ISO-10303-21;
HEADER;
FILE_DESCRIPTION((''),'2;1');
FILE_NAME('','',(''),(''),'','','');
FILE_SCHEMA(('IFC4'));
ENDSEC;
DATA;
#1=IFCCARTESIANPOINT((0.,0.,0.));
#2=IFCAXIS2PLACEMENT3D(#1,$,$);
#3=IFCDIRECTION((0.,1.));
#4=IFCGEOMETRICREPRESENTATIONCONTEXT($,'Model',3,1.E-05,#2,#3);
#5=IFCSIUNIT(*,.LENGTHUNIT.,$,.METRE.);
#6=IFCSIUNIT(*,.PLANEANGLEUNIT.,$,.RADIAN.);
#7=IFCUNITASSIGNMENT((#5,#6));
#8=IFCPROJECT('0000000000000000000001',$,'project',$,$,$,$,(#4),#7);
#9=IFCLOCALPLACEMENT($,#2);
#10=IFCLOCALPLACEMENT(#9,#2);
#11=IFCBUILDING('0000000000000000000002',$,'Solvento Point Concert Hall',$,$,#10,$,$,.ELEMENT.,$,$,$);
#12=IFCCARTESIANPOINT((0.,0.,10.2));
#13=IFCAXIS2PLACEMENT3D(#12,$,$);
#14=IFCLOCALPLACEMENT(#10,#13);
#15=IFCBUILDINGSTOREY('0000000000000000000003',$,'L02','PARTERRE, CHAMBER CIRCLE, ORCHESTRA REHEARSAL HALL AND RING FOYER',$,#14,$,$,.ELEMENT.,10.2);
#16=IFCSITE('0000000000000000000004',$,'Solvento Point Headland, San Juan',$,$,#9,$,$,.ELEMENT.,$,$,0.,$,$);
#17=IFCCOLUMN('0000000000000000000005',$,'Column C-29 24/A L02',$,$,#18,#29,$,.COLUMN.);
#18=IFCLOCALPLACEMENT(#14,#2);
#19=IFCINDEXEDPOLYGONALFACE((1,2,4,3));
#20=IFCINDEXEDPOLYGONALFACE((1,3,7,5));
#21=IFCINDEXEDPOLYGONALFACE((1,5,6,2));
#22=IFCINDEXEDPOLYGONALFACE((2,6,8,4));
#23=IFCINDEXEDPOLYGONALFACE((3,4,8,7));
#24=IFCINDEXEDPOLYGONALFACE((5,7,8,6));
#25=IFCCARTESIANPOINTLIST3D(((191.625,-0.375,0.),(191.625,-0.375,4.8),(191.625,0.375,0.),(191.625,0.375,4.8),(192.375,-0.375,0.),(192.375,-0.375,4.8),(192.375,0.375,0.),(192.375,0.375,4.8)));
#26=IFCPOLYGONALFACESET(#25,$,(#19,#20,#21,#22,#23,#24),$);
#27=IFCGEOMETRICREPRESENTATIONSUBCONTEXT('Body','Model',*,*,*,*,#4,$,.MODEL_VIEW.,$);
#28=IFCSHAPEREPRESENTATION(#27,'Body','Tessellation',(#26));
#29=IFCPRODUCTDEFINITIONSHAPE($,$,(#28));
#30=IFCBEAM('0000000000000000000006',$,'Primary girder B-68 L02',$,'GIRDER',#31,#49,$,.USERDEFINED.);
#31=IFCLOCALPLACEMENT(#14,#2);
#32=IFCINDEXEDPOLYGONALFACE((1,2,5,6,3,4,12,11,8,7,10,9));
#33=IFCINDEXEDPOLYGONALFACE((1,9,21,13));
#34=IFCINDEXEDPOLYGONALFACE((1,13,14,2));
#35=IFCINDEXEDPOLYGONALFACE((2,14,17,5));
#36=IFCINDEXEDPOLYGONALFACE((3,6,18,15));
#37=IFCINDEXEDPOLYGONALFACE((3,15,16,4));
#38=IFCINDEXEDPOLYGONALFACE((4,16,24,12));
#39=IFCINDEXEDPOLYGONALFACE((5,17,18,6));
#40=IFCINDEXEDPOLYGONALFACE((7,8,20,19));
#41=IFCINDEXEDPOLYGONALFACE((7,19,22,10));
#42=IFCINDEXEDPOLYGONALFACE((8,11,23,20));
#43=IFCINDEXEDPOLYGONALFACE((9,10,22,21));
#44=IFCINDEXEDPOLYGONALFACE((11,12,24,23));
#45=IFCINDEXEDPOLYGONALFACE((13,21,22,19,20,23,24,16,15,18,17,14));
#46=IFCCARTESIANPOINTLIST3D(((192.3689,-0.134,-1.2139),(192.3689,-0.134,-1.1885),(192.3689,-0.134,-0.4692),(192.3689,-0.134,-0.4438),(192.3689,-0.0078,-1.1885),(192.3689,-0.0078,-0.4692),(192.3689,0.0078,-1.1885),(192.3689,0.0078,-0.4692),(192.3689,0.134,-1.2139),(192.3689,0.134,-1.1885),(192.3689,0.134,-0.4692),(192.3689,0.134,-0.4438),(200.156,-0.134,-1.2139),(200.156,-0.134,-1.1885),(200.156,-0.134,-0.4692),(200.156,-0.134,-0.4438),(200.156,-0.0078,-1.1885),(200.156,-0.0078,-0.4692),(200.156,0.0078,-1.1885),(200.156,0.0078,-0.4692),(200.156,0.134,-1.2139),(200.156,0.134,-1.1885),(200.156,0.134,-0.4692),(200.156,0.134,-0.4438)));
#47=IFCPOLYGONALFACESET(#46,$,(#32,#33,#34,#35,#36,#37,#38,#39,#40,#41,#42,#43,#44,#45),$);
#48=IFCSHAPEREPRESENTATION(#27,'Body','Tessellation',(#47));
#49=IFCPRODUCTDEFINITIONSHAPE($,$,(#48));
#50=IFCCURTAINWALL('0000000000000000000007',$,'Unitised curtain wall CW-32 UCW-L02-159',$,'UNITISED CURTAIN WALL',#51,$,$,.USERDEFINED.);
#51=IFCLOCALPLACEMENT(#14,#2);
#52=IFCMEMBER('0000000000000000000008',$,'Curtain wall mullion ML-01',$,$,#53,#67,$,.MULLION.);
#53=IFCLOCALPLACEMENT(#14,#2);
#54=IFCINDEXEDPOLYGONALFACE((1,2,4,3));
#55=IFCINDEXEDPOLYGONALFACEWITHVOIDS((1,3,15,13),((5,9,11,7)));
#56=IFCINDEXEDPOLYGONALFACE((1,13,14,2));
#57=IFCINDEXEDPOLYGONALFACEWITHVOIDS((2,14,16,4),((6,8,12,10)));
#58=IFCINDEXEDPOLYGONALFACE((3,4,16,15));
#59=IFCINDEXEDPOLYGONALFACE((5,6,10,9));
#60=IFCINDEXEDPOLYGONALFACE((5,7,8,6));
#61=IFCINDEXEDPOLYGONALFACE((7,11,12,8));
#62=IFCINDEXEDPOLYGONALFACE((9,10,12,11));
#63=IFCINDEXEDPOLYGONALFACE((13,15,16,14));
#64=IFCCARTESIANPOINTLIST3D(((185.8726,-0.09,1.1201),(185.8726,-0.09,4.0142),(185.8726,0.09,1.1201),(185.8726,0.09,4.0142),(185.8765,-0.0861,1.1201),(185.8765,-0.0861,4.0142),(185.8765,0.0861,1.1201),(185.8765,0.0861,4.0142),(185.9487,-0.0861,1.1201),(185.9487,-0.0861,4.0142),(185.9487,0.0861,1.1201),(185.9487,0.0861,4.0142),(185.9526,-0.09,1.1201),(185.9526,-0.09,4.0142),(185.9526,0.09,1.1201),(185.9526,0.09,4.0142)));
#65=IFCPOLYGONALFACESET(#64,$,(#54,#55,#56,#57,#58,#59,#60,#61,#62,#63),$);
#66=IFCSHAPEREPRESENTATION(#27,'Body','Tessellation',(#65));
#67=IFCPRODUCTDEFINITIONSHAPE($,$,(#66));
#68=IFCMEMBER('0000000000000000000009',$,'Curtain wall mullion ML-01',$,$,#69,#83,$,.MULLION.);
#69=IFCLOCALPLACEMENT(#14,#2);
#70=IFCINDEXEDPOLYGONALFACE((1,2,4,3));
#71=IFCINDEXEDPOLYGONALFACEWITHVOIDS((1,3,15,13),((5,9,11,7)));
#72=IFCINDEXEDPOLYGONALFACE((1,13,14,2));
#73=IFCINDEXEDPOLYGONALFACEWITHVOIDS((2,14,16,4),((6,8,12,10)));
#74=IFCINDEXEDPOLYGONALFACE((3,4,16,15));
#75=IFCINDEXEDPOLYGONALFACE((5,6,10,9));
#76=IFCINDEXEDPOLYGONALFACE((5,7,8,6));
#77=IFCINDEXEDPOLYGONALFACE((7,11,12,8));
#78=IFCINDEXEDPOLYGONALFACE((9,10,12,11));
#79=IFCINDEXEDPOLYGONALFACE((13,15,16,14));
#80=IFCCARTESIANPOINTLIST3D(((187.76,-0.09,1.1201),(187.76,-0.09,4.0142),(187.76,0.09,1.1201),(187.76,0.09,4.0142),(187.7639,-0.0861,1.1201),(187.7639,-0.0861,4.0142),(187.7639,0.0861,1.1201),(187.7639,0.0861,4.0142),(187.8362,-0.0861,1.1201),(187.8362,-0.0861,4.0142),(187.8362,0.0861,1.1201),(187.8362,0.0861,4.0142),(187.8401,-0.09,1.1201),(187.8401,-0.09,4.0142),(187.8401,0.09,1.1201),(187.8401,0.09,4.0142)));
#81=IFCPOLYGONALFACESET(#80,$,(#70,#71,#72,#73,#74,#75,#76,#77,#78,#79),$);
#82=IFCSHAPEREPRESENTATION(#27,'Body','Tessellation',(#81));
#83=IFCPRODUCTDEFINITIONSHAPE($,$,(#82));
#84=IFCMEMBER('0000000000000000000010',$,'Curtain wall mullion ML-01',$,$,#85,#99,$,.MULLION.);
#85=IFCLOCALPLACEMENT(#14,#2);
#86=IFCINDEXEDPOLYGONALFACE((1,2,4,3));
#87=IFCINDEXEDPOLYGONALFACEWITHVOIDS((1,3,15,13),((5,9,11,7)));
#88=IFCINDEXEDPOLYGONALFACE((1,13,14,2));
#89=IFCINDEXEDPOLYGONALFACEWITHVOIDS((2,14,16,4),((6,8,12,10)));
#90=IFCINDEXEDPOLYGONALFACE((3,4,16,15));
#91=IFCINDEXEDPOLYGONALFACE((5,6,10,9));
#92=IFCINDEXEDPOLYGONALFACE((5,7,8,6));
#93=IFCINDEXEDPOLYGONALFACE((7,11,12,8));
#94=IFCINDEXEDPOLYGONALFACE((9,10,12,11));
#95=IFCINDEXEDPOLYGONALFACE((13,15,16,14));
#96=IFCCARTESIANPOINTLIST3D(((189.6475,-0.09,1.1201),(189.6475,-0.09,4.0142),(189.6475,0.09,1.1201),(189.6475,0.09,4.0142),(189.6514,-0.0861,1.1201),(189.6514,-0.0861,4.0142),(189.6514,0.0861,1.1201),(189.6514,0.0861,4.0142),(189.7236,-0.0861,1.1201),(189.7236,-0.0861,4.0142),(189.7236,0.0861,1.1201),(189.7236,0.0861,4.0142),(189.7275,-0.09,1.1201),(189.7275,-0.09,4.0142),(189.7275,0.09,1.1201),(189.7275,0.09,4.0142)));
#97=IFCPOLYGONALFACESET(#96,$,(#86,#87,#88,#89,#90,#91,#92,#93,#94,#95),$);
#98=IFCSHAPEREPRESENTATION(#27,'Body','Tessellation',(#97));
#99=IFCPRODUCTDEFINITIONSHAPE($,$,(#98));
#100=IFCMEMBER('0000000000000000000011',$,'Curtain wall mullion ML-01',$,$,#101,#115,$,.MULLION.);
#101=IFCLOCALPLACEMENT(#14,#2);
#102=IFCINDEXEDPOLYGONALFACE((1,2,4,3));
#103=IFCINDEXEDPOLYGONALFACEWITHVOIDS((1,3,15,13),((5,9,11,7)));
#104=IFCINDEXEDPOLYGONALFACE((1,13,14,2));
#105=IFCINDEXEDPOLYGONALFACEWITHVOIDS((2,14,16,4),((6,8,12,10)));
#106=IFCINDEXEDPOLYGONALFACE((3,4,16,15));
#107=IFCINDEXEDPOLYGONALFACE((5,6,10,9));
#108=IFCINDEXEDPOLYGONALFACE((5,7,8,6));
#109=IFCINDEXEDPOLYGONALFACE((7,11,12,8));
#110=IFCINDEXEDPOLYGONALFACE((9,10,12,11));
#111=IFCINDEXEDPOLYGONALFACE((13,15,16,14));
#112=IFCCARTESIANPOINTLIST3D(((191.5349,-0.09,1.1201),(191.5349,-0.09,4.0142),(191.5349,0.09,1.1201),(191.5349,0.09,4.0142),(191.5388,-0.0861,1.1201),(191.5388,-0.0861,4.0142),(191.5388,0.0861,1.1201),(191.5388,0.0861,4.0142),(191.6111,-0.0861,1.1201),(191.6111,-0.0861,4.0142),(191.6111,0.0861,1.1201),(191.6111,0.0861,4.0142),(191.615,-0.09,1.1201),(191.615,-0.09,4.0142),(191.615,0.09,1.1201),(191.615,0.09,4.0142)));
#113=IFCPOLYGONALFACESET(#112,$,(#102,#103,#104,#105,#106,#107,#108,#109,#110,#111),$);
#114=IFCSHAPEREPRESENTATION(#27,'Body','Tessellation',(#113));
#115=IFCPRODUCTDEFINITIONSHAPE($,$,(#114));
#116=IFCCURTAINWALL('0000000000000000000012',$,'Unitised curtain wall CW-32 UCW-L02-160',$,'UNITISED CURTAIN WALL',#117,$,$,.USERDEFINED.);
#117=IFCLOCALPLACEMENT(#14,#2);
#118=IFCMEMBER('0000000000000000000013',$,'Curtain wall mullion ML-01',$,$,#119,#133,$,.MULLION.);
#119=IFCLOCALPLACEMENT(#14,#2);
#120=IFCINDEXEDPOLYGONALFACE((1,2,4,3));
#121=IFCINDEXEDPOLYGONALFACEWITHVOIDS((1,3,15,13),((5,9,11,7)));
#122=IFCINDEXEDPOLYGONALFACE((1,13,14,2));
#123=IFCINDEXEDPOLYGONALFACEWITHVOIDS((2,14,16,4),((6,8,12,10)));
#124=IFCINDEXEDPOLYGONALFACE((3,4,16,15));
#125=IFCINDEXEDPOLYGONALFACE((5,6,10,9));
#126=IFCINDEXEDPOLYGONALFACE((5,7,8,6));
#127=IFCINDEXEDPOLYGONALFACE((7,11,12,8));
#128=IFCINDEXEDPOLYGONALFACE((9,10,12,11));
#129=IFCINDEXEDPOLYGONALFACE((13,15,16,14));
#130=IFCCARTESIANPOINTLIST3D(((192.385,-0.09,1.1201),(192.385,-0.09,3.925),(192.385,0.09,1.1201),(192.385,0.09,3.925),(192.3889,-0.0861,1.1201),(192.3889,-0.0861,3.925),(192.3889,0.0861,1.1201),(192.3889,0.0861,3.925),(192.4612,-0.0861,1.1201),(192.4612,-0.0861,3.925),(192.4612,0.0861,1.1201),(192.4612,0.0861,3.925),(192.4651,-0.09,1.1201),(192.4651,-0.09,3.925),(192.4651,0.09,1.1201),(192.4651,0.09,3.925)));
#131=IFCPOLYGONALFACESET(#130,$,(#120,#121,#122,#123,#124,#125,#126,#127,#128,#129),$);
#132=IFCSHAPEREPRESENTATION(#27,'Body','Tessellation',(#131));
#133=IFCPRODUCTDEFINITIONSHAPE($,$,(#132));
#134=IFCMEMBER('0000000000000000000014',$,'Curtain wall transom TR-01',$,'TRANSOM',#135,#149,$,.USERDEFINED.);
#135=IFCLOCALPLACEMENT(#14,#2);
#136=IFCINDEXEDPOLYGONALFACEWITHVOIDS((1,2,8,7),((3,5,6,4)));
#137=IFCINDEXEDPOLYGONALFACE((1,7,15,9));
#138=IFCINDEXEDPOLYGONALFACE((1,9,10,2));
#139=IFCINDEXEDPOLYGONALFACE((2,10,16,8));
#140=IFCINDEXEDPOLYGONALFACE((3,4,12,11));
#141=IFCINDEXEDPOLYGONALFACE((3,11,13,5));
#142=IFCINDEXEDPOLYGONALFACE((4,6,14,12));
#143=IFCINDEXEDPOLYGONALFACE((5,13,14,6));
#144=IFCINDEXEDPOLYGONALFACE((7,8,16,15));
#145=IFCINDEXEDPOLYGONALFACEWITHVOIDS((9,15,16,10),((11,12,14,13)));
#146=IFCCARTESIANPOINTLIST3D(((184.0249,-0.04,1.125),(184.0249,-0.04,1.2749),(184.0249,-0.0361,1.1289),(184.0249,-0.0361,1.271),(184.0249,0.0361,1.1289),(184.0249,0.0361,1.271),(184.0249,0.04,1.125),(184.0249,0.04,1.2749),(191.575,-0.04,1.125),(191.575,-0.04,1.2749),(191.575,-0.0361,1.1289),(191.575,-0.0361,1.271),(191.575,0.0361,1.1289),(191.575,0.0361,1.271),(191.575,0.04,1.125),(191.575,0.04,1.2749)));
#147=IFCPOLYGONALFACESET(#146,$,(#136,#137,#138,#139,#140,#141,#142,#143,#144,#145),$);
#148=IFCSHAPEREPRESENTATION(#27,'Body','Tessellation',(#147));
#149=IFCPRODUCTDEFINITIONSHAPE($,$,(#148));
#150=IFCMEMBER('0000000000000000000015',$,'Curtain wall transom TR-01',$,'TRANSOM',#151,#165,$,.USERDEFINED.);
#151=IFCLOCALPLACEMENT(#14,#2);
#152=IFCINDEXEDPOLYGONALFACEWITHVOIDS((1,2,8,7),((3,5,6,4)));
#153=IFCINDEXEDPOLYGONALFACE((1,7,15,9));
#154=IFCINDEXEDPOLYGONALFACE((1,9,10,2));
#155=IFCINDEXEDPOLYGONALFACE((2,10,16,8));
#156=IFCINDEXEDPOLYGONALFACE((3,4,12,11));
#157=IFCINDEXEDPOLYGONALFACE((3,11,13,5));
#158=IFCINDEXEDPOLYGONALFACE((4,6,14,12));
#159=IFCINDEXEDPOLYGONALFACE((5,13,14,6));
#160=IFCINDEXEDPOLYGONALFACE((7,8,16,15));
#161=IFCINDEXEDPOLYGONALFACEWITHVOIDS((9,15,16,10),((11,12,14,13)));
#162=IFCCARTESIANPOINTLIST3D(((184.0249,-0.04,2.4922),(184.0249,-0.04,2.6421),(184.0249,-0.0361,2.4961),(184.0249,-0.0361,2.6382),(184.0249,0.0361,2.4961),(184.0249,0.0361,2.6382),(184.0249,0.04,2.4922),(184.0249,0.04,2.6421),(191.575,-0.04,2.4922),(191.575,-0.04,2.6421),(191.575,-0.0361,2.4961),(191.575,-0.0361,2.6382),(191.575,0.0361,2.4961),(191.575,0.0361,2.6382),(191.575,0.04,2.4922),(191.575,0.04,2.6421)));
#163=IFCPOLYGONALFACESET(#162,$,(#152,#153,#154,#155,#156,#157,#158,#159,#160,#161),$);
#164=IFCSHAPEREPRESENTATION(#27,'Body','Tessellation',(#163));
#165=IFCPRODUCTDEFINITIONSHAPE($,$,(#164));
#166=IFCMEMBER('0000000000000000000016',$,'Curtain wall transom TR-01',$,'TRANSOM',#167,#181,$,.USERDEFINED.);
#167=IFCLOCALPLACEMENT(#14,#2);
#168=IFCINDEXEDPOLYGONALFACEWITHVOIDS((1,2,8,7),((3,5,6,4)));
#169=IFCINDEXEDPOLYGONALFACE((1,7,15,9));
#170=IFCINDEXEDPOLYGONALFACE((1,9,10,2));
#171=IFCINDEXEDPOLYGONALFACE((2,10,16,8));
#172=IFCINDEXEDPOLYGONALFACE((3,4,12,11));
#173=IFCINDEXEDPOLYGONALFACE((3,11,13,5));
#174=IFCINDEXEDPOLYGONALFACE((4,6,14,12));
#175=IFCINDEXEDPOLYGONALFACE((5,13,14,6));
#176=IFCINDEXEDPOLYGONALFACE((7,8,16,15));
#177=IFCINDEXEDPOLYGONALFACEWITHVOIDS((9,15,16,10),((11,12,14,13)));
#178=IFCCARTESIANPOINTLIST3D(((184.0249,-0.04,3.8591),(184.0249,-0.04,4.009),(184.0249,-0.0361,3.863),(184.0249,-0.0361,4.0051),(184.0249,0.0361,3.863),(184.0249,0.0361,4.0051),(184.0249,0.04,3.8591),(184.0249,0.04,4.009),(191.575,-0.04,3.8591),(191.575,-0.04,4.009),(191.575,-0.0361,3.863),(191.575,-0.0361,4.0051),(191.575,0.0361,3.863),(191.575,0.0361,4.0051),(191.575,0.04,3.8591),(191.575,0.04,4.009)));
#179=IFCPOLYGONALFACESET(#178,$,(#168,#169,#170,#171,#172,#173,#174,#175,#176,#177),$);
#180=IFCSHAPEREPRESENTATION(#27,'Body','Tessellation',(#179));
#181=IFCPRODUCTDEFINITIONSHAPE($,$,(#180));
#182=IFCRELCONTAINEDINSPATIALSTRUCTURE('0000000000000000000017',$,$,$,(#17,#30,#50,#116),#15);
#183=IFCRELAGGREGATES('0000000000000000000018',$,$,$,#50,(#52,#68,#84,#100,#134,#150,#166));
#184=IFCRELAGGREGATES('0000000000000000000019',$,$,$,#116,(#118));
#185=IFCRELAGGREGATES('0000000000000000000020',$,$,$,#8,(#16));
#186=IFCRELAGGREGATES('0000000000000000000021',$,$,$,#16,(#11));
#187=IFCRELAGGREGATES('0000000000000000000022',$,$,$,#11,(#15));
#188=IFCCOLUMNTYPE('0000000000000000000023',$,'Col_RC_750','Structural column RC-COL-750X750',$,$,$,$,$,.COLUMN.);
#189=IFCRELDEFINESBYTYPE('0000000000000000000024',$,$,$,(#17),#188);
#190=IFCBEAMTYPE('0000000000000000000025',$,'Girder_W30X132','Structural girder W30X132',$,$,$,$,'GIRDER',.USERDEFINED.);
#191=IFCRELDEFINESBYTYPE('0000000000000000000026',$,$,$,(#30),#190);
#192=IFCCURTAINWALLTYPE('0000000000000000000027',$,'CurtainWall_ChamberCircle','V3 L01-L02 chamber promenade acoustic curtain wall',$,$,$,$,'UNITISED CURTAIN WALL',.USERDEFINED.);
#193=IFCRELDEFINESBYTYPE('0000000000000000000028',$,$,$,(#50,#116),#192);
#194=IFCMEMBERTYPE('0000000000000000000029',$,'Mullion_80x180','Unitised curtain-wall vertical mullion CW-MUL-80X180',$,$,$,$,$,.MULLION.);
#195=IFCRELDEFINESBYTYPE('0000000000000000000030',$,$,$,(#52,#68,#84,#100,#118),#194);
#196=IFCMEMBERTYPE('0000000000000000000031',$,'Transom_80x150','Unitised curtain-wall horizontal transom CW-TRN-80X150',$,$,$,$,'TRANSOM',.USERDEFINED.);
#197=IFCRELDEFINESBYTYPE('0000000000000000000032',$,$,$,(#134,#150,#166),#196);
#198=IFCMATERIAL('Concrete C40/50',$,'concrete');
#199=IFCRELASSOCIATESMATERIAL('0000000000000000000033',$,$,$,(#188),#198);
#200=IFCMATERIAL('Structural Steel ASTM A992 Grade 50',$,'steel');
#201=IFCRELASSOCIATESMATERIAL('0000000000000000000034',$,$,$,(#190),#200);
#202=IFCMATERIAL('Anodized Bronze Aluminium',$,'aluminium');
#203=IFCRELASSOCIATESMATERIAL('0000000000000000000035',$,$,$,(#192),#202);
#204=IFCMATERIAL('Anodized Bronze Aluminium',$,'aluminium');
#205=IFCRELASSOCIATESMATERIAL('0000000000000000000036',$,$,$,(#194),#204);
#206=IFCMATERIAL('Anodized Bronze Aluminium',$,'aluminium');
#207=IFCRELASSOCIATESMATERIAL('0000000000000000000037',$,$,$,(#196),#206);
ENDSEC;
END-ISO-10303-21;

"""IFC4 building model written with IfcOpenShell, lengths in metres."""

from ifc_helpers import new_model, si_unit, direction, frame, origin, origin_2d, place, context, subcontext, project, spatial, rectangle, hollow_rectangle, i_section, extrude, material, material_profile, profile_set, type_object, element, aggregate, save


model = new_model("IFC4")

# Units and contexts
model_context = context("Model", 3, precision=1e-05, world=origin(), true_north=direction((0.0, 1.0)))
body_context = subcontext(model_context, "Body", "Model", "MODEL_VIEW")
ifc_project = project(units=[si_unit("LENGTHUNIT", "METRE"), si_unit("PLANEANGLEUNIT", "RADIAN")], contexts=[model_context])

# Site, building, storey
site_placement = place(None, origin())
site = spatial("IfcSite", under=ifc_project, at=site_placement, Name="Solvento Point Headland, San Juan", CompositionType="ELEMENT", RefElevation=0.0)
building_placement = place(site_placement, origin())
building = spatial("IfcBuilding", under=site, at=building_placement, Name="Solvento Point Concert Hall", CompositionType="ELEMENT")
storey_placement = place(building_placement, frame((0.0, 0.0, 10.2)))
storey = spatial("IfcBuildingStorey", under=building, at=storey_placement, Name="L02", Description="PARTERRE, CHAMBER CIRCLE, ORCHESTRA REHEARSAL HALL AND RING FOYER", CompositionType="ELEMENT", Elevation=10.2)

# Column
ifc_material_1 = material(Name="Concrete C40/50", Category="concrete")
ifc_material_profile_1 = material_profile(ifc_material_1, rectangle(XDim=0.75, YDim=0.75, at=origin_2d()), Name="RC-COL-750X750")
ifc_profile_set_1 = profile_set([ifc_material_profile_1], Name="Concrete C40/50")
column_type = type_object("IfcColumnType", Name="Col_RC_750", Description="Structural column RC-COL-750X750", PredefinedType="COLUMN", material=ifc_profile_set_1)
column_placement = place(storey_placement, frame((192.0, 0.0, 0.0), z_axis=(0.0, 0.0, 1.0), x_axis=(1.0, 0.0, 0.0)))
element("IfcColumn", 1, at=column_placement, inside=storey, type_object=column_type, Name="Column C-29 24/A L02", PredefinedType="COLUMN", context=body_context, shape_type="SweptSolid", body=[
    extrude(rectangle(XDim=0.75, YDim=0.75, at=origin_2d()), origin(), (0.0, 0.0, 1.0), 4.8),
])

# Beam
ifc_material_2 = material(Name="Structural Steel ASTM A992 Grade 50", Category="steel")
ifc_material_profile_2 = material_profile(ifc_material_2, i_section(OverallWidth=0.2681, OverallDepth=0.77, WebThickness=0.0156, FlangeThickness=0.0254, at=origin_2d()), Name="W30X132")
ifc_profile_set_2 = profile_set([ifc_material_profile_2], Name="Structural Steel ASTM A992 Grade 50")
beam_type = type_object("IfcBeamType", Name="Girder_W30X132", Description="Structural girder W30X132", ElementType="GIRDER", PredefinedType="USERDEFINED", material=ifc_profile_set_2)
beam_placement = place(storey_placement, frame((192.3689, 0.0, -0.8289), z_axis=(1.0, 0.0, 0.0), x_axis=(0.0, 1.0, 0.0)))
element("IfcBeam", 2, at=beam_placement, inside=storey, type_object=beam_type, Name="Primary girder B-68 L02", ObjectType="GIRDER", PredefinedType="USERDEFINED", context=body_context, shape_type="SweptSolid", body=[
    extrude(i_section(OverallWidth=0.2681, OverallDepth=0.77, WebThickness=0.0156, FlangeThickness=0.0254, at=origin_2d()), origin(), (0.0, 0.0, 1.0), 7.7871),
])

# Curtain wall, members
ifc_material_3 = material(Name="Anodized Bronze Aluminium", Category="aluminium")
curtain_wall_type = type_object("IfcCurtainWallType", Name="CurtainWall_ChamberCircle", Description="V3 L01-L02 chamber promenade acoustic curtain wall", ElementType="UNITISED CURTAIN WALL", PredefinedType="USERDEFINED", material=ifc_material_3)
curtain_wall_1_placement = place(storey_placement, origin())
curtain_wall_1 = element("IfcCurtainWall", 3, at=curtain_wall_1_placement, inside=storey, type_object=curtain_wall_type, Name="Unitised curtain wall CW-32 UCW-L02-159", ObjectType="UNITISED CURTAIN WALL", PredefinedType="USERDEFINED")
ifc_material_4 = material(Name="Anodized Bronze Aluminium", Category="aluminium")
ifc_material_profile_3 = material_profile(ifc_material_4, hollow_rectangle(XDim=0.0801, YDim=0.1799, WallThickness=0.0039, at=origin_2d()), Name="CW-MUL-80X180")
ifc_profile_set_3 = profile_set([ifc_material_profile_3], Name="Anodized Bronze Aluminium")
member_type_1 = type_object("IfcMemberType", Name="Mullion_80x180", Description="Unitised curtain-wall vertical mullion CW-MUL-80X180", PredefinedType="MULLION", material=ifc_profile_set_3)
member_1_placement = place(storey_placement, frame((185.9126, 0.0, 1.1201), z_axis=(0.0, 0.0, 1.0), x_axis=(1.0, 0.0, 0.0)))
member_1 = element("IfcMember", 4, at=member_1_placement, type_object=member_type_1, Name="Curtain wall mullion ML-01", PredefinedType="MULLION", context=body_context, shape_type="SweptSolid", body=[
    extrude(hollow_rectangle(XDim=0.0801, YDim=0.1799, WallThickness=0.0039, at=origin_2d()), origin(), (0.0, 0.0, 1.0), 2.894),
])
member_2_placement = place(storey_placement, frame((187.8, 0.0, 1.1201), z_axis=(0.0, 0.0, 1.0), x_axis=(1.0, 0.0, 0.0)))
member_2 = element("IfcMember", 5, at=member_2_placement, type_object=member_type_1, Name="Curtain wall mullion ML-01", PredefinedType="MULLION", context=body_context, shape_type="SweptSolid", body=[
    extrude(hollow_rectangle(XDim=0.0801, YDim=0.1799, WallThickness=0.0039, at=origin_2d()), origin(), (0.0, 0.0, 1.0), 2.894),
])
member_3_placement = place(storey_placement, frame((189.6875, 0.0, 1.1201), z_axis=(0.0, 0.0, 1.0), x_axis=(1.0, 0.0, 0.0)))
member_3 = element("IfcMember", 6, at=member_3_placement, type_object=member_type_1, Name="Curtain wall mullion ML-01", PredefinedType="MULLION", context=body_context, shape_type="SweptSolid", body=[
    extrude(hollow_rectangle(XDim=0.0801, YDim=0.1799, WallThickness=0.0039, at=origin_2d()), origin(), (0.0, 0.0, 1.0), 2.894),
])
member_4_placement = place(storey_placement, frame((191.575, 0.0, 1.1201), z_axis=(0.0, 0.0, 1.0), x_axis=(1.0, 0.0, 0.0)))
member_4 = element("IfcMember", 7, at=member_4_placement, type_object=member_type_1, Name="Curtain wall mullion ML-01", PredefinedType="MULLION", context=body_context, shape_type="SweptSolid", body=[
    extrude(hollow_rectangle(XDim=0.0801, YDim=0.1799, WallThickness=0.0039, at=origin_2d()), origin(), (0.0, 0.0, 1.0), 2.894),
])

# Curtain wall, member
curtain_wall_2_placement = place(storey_placement, origin())
curtain_wall_2 = element("IfcCurtainWall", 8, at=curtain_wall_2_placement, inside=storey, type_object=curtain_wall_type, Name="Unitised curtain wall CW-32 UCW-L02-160", ObjectType="UNITISED CURTAIN WALL", PredefinedType="USERDEFINED")
member_5_placement = place(storey_placement, frame((192.425, 0.0, 1.1201), z_axis=(0.0, 0.0, 1.0), x_axis=(1.0, 0.0, 0.0)))
member_5 = element("IfcMember", 9, at=member_5_placement, type_object=member_type_1, Name="Curtain wall mullion ML-01", PredefinedType="MULLION", context=body_context, shape_type="SweptSolid", body=[
    extrude(hollow_rectangle(XDim=0.0801, YDim=0.1799, WallThickness=0.0039, at=origin_2d()), origin(), (0.0, 0.0, 1.0), 2.8049),
])

# Members
ifc_material_5 = material(Name="Anodized Bronze Aluminium", Category="aluminium")
ifc_material_profile_4 = material_profile(ifc_material_5, hollow_rectangle(XDim=0.0801, YDim=0.1499, WallThickness=0.0039, at=origin_2d()), Name="CW-TRN-80X150")
ifc_profile_set_4 = profile_set([ifc_material_profile_4], Name="Anodized Bronze Aluminium")
member_type_2 = type_object("IfcMemberType", Name="Transom_80x150", Description="Unitised curtain-wall horizontal transom CW-TRN-80X150", ElementType="TRANSOM", PredefinedType="USERDEFINED", material=ifc_profile_set_4)
member_6_placement = place(storey_placement, frame((184.0249, 0.0, 1.2), z_axis=(1.0, 0.0, 0.0), x_axis=(0.0, 1.0, 0.0)))
member_6 = element("IfcMember", 10, at=member_6_placement, type_object=member_type_2, Name="Curtain wall transom TR-01", ObjectType="TRANSOM", PredefinedType="USERDEFINED", context=body_context, shape_type="SweptSolid", body=[
    extrude(hollow_rectangle(XDim=0.0801, YDim=0.1499, WallThickness=0.0039, at=origin_2d()), origin(), (0.0, 0.0, 1.0), 7.55),
])
member_7_placement = place(storey_placement, frame((184.0249, 0.0, 2.5671), z_axis=(1.0, 0.0, 0.0), x_axis=(0.0, 1.0, 0.0)))
member_7 = element("IfcMember", 11, at=member_7_placement, type_object=member_type_2, Name="Curtain wall transom TR-01", ObjectType="TRANSOM", PredefinedType="USERDEFINED", context=body_context, shape_type="SweptSolid", body=[
    extrude(hollow_rectangle(XDim=0.0801, YDim=0.1499, WallThickness=0.0039, at=origin_2d()), origin(), (0.0, 0.0, 1.0), 7.55),
])
member_8_placement = place(storey_placement, frame((184.0249, 0.0, 3.9341), z_axis=(1.0, 0.0, 0.0), x_axis=(0.0, 1.0, 0.0)))
member_8 = element("IfcMember", 12, at=member_8_placement, type_object=member_type_2, Name="Curtain wall transom TR-01", ObjectType="TRANSOM", PredefinedType="USERDEFINED", context=body_context, shape_type="SweptSolid", body=[
    extrude(hollow_rectangle(XDim=0.0801, YDim=0.1499, WallThickness=0.0039, at=origin_2d()), origin(), (0.0, 0.0, 1.0), 7.55),
])

aggregate(curtain_wall_1, [member_1, member_2, member_3, member_4, member_6, member_7, member_8])
aggregate(curtain_wall_2, [member_5])

save(model, "model.ifc")
